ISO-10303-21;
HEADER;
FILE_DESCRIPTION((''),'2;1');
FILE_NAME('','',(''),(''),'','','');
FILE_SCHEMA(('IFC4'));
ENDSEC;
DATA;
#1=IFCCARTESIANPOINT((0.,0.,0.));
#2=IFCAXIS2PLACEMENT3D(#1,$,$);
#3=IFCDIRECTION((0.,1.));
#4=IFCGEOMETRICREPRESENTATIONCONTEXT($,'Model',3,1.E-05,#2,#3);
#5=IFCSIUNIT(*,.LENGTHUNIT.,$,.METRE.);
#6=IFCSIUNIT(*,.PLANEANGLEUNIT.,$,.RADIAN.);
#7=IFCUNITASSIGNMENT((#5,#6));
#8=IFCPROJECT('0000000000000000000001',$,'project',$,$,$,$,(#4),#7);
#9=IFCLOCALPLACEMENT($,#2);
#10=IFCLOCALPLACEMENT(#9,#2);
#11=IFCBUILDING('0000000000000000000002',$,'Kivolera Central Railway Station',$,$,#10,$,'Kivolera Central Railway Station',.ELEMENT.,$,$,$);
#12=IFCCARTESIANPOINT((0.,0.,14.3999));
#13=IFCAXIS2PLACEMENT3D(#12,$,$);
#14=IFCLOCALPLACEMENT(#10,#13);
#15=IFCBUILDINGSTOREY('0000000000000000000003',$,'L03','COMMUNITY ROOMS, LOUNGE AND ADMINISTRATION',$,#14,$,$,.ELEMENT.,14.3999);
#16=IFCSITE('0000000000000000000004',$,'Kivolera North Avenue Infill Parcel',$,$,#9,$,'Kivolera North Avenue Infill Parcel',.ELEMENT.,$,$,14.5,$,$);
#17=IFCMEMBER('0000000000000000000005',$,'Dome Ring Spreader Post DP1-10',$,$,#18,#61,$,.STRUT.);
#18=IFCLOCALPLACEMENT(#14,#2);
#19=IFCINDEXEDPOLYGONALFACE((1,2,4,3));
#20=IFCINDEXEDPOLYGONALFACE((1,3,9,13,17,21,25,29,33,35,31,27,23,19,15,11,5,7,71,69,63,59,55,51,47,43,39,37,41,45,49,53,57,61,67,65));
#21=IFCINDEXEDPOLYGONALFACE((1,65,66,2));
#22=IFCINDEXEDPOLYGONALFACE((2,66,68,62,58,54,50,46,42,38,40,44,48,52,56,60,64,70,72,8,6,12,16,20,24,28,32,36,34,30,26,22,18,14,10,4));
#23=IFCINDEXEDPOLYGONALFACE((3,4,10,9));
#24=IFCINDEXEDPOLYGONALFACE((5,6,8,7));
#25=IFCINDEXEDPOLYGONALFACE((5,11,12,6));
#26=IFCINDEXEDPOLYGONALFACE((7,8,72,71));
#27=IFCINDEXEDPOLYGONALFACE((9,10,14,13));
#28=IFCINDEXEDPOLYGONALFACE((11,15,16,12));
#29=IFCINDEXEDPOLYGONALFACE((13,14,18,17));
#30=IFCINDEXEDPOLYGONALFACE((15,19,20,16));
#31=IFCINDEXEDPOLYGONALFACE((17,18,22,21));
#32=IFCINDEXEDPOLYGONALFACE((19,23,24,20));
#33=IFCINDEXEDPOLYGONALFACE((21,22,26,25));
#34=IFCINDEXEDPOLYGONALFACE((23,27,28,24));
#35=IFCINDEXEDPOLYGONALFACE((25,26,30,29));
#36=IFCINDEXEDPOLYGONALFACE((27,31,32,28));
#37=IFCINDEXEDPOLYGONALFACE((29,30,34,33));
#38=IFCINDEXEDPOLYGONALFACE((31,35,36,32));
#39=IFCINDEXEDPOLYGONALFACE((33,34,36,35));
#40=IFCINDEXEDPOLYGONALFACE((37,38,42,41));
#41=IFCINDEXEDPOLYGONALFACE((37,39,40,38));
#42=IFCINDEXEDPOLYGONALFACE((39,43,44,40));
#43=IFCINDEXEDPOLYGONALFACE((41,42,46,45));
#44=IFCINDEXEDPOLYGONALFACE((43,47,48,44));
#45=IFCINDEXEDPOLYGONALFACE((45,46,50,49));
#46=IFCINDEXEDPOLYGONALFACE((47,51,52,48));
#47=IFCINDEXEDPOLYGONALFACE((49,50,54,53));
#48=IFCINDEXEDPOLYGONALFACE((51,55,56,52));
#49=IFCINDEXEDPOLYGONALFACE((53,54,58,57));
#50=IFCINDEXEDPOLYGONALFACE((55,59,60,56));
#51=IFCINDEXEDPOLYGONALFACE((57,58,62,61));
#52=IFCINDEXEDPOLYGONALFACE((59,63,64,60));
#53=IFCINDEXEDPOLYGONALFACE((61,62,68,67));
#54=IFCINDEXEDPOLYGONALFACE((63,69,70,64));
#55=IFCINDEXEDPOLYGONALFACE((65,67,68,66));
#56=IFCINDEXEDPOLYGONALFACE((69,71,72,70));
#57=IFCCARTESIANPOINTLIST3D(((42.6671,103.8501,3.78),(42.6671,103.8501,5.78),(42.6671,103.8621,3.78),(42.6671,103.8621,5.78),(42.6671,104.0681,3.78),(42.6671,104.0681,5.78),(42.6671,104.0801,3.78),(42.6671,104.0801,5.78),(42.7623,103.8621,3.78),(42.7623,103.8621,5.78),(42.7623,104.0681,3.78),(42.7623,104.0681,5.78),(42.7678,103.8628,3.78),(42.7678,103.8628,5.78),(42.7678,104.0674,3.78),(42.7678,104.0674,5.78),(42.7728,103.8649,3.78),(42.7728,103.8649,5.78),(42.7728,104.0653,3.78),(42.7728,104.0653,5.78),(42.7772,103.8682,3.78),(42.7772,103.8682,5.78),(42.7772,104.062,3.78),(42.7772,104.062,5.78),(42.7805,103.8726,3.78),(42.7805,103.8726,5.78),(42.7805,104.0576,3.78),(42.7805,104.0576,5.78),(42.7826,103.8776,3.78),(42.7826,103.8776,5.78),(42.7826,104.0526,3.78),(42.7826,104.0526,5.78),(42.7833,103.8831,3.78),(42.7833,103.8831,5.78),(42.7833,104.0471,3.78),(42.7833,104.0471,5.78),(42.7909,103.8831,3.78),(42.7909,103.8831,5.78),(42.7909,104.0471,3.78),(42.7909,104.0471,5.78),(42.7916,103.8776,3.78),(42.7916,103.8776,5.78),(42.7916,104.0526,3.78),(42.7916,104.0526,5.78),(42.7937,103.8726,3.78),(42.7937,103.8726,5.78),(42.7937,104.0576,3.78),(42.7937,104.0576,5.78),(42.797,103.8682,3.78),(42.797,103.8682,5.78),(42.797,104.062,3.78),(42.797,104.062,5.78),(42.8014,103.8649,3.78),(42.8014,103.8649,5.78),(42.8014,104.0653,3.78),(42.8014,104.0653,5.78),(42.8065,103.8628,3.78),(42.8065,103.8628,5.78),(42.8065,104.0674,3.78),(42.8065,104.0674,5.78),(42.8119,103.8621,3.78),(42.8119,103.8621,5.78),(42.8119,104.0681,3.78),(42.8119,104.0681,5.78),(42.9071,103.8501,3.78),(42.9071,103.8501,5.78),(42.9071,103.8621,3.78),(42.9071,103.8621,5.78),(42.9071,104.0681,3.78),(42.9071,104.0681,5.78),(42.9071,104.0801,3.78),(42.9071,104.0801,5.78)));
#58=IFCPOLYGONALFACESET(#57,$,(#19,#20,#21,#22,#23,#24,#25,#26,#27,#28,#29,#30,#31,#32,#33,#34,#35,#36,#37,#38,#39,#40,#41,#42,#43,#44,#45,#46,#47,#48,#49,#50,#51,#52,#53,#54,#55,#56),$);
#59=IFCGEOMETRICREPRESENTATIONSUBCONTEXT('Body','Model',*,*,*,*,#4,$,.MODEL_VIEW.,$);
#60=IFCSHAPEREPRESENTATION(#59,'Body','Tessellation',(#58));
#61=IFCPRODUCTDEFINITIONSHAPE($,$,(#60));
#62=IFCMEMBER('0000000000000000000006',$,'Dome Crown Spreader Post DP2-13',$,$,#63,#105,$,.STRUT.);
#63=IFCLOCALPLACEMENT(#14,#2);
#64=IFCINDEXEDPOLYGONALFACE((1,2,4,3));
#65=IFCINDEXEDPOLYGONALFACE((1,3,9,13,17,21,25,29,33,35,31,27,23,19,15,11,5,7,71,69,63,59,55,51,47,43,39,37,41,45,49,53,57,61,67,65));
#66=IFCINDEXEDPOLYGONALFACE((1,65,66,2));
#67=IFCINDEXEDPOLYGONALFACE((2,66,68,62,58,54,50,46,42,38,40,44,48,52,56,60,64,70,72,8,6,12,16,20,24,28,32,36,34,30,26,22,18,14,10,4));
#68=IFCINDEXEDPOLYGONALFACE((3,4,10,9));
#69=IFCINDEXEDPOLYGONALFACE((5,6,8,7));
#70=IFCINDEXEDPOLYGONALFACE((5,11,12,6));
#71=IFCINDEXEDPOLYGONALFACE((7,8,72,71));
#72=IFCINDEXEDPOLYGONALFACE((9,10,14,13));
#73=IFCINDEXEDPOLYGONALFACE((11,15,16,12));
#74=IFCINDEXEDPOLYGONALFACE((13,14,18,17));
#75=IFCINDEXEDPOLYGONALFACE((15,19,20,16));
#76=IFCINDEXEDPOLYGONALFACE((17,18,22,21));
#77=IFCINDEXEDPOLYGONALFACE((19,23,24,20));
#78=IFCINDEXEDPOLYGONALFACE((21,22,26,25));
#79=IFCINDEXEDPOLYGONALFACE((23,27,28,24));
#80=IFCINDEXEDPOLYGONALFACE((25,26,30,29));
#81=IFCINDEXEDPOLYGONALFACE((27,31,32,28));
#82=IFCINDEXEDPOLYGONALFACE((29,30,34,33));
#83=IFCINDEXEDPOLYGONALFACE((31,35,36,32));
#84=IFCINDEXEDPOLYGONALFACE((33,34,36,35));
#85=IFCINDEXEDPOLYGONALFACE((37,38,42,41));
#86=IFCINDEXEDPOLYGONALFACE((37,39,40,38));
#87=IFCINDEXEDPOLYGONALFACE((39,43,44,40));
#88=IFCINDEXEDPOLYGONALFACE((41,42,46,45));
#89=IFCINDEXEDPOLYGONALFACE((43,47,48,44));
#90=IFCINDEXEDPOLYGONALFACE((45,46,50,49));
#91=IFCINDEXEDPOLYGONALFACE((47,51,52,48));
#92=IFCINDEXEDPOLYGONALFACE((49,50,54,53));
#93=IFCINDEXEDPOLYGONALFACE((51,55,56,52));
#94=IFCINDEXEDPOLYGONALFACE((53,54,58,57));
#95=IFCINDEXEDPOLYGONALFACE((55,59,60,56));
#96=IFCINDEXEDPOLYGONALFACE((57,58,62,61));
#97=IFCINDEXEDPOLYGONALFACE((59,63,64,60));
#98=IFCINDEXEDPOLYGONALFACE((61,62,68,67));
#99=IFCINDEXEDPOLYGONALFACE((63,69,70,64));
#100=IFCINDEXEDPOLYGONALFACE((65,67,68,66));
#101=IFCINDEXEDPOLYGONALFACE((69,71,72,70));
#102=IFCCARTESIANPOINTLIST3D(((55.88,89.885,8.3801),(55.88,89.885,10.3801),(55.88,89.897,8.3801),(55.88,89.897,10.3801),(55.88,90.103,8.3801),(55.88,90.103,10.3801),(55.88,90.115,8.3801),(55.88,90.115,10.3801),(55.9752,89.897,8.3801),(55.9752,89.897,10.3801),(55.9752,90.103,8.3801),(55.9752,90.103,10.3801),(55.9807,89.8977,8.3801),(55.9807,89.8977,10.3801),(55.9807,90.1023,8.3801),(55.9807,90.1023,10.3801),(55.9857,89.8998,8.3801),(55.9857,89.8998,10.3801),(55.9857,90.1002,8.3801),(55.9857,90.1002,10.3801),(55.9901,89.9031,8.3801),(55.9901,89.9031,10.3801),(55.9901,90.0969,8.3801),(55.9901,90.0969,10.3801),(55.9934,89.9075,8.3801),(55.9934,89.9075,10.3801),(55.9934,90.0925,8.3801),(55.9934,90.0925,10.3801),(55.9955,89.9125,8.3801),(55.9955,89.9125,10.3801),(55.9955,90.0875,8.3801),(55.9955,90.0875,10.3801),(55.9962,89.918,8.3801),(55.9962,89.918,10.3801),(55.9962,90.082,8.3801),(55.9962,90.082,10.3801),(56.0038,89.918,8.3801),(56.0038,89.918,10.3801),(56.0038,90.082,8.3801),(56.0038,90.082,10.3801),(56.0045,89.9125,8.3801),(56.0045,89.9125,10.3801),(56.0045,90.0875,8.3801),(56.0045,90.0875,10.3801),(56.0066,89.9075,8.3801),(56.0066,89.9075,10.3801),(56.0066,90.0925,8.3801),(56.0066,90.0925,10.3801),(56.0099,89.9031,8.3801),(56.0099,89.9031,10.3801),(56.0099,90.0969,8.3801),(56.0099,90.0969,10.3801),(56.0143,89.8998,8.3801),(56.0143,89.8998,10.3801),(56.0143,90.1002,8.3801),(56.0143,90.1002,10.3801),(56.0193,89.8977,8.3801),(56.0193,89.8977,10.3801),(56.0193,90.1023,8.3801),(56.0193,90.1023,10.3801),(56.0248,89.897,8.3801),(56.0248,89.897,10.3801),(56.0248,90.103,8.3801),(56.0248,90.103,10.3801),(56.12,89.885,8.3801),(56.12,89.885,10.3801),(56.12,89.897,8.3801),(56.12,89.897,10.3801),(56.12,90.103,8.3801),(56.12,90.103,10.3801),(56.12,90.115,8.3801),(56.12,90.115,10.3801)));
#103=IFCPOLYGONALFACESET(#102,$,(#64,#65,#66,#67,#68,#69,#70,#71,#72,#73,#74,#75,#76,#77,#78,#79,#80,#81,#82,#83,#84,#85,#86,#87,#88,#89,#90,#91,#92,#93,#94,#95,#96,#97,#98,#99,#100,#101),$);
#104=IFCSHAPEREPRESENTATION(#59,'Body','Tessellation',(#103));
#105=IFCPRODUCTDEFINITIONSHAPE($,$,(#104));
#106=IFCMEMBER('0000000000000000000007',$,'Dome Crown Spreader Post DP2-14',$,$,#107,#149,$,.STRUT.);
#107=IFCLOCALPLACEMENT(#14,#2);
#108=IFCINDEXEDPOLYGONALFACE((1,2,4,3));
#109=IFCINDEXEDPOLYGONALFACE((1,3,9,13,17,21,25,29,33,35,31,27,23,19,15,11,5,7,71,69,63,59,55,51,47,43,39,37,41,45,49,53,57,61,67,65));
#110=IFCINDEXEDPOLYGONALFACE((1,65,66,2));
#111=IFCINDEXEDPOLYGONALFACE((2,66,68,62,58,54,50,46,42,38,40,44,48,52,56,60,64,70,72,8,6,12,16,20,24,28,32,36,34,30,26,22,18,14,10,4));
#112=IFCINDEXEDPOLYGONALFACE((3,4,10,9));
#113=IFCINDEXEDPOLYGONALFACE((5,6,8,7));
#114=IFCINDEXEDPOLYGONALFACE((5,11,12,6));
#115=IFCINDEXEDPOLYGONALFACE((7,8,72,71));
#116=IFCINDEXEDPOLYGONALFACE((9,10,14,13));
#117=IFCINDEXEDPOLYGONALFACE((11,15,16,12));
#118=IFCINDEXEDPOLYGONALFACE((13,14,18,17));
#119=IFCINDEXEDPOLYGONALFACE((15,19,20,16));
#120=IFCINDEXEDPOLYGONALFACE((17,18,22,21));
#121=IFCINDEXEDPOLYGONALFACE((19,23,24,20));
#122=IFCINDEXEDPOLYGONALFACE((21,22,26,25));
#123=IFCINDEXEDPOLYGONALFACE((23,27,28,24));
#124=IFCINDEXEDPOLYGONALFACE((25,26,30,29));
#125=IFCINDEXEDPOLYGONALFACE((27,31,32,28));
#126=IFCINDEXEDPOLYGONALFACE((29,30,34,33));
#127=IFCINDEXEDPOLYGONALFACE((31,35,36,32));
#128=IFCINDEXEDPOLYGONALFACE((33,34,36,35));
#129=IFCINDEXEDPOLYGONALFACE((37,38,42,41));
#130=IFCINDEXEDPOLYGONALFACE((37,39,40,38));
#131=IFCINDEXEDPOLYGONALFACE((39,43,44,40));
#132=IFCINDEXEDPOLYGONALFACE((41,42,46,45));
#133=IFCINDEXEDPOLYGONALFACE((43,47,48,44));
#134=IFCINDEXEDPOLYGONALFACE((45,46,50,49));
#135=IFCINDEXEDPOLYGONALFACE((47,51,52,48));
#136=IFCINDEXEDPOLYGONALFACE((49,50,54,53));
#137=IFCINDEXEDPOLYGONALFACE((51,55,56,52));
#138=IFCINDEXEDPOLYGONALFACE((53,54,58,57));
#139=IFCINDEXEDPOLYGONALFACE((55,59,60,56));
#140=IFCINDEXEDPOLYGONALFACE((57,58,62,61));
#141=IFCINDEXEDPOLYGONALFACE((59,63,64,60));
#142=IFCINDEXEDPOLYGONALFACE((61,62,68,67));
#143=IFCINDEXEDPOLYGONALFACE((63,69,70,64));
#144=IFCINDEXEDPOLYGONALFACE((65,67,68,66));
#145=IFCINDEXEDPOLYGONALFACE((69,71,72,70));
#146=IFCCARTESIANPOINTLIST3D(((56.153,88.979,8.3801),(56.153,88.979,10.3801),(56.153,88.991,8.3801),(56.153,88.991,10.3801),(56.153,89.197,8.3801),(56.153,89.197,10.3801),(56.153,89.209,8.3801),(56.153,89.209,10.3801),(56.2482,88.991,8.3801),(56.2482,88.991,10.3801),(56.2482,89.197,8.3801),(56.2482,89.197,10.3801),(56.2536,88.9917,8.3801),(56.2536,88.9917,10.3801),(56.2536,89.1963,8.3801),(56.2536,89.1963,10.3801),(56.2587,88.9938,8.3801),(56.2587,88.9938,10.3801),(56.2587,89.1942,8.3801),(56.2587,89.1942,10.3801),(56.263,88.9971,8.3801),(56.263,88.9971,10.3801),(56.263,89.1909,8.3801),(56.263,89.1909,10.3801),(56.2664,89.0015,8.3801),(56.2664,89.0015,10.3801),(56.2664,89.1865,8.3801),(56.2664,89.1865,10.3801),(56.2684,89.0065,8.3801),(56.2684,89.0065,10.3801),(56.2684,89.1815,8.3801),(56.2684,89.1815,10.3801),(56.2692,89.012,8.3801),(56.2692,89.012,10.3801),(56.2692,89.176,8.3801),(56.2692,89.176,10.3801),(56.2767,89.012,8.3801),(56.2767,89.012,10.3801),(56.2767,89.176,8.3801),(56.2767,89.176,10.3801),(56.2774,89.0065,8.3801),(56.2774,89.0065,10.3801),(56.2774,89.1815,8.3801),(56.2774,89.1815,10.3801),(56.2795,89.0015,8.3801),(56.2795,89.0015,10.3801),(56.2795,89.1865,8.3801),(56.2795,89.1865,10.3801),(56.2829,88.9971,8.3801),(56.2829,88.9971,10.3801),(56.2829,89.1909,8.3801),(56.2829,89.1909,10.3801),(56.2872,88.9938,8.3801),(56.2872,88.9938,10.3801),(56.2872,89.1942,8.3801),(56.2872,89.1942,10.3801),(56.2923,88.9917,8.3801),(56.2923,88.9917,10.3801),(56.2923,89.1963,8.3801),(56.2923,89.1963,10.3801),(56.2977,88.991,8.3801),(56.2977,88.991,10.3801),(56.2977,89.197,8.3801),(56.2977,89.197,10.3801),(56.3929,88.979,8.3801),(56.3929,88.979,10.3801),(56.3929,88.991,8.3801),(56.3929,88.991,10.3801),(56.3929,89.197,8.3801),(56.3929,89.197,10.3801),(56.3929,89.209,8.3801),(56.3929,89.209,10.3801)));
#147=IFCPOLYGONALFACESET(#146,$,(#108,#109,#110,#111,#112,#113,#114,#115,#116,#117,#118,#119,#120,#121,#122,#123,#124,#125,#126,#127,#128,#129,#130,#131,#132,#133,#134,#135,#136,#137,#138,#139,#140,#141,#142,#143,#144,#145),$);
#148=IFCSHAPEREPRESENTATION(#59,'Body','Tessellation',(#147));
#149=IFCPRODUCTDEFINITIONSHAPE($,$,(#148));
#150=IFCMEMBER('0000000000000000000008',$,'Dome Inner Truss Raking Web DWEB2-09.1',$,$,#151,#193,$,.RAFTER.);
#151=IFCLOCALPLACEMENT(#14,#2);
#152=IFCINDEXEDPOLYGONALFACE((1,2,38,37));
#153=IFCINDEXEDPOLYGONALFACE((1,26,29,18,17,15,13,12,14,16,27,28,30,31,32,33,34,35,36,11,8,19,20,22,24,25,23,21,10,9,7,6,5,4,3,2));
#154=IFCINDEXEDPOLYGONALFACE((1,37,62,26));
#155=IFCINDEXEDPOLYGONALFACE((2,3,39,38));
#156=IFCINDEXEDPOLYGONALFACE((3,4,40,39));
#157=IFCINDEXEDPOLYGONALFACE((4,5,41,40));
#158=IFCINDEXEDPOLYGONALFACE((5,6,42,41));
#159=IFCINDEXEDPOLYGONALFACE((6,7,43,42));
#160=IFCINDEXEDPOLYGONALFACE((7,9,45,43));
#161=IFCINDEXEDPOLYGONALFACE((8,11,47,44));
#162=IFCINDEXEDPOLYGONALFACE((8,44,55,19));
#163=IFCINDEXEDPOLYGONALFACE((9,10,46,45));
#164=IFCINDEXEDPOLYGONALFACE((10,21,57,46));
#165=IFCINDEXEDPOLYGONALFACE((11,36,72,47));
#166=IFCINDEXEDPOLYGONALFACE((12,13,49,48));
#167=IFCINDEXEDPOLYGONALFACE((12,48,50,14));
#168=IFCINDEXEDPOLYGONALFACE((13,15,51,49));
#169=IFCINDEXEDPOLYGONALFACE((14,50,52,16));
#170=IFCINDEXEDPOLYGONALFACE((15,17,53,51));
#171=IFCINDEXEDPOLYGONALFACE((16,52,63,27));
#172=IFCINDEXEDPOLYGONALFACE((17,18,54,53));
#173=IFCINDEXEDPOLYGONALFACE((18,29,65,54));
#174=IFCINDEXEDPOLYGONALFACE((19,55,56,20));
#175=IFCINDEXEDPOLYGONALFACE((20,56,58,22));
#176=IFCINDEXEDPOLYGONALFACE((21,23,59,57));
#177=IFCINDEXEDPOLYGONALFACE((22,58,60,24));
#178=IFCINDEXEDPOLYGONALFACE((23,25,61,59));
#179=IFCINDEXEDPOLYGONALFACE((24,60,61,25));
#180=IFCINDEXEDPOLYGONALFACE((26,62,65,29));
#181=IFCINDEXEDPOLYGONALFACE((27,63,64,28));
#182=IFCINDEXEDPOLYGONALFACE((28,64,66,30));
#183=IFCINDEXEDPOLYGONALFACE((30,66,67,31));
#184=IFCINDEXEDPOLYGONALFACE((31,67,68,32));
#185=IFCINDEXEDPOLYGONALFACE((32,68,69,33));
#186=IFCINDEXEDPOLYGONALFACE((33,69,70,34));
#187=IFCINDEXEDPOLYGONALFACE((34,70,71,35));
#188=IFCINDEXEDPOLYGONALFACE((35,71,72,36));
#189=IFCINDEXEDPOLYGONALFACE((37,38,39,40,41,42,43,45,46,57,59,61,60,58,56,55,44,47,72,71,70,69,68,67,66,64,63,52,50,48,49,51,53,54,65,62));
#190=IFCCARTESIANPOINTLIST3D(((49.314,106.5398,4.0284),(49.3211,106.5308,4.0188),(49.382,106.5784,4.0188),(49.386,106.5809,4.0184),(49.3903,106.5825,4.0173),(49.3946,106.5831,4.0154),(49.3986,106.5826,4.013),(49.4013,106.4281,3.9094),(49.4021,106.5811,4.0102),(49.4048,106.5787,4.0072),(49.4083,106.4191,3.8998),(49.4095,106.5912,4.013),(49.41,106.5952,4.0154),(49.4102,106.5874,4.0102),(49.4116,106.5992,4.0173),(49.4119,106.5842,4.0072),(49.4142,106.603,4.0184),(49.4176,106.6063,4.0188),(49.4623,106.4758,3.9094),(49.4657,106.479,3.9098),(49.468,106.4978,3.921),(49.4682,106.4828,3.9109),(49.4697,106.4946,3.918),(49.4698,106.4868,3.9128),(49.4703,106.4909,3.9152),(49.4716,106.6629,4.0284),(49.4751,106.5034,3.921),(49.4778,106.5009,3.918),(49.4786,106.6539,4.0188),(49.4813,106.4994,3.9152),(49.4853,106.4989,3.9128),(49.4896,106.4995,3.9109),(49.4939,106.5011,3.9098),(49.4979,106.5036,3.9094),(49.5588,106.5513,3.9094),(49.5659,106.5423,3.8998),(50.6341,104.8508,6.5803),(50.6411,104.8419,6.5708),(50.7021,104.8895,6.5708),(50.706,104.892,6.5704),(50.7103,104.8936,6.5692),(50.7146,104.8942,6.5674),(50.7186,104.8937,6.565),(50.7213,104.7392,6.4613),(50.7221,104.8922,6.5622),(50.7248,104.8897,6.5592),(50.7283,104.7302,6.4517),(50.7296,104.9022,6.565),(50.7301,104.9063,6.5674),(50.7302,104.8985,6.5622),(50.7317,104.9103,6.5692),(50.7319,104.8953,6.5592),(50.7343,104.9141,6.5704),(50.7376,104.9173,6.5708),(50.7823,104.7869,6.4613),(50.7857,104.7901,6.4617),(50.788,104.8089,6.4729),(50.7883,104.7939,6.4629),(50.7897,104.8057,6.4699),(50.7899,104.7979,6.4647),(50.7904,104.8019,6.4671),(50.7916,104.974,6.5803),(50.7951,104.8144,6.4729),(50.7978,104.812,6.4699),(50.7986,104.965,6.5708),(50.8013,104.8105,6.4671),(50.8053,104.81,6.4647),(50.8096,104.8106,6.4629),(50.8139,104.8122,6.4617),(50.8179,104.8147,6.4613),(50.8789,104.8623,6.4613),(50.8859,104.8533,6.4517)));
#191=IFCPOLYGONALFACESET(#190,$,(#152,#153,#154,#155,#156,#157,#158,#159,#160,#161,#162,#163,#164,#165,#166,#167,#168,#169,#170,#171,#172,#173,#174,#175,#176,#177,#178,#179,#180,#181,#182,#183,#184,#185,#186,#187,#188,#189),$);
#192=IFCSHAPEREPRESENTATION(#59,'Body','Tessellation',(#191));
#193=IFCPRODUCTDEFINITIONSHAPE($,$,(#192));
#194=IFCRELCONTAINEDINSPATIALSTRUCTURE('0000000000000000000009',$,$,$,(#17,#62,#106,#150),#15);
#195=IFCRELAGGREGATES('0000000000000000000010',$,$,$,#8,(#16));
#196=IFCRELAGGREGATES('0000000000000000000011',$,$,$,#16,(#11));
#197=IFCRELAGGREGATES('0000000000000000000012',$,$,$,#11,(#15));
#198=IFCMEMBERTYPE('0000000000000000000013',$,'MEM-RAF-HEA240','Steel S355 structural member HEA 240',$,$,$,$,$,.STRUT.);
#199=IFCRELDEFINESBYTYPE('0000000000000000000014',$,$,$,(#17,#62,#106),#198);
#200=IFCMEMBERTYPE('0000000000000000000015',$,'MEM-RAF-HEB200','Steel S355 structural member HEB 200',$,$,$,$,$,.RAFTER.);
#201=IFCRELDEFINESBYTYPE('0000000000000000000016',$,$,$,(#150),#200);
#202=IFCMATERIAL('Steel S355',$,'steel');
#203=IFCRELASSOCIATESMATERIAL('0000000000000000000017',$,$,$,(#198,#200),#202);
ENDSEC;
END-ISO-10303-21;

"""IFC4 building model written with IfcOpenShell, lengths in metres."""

from ifc_helpers import new_model, si_unit, direction, frame, origin, origin_2d, place, context, subcontext, project, spatial, i_section, extrude, material, material_profile, profile_set, type_object, element, save


model = new_model("IFC4")

# Units and contexts
model_context = context("Model", 3, precision=1e-05, world=origin(), true_north=direction((0.0, 1.0)))
body_context = subcontext(model_context, "Body", "Model", "MODEL_VIEW")
ifc_project = project(units=[si_unit("LENGTHUNIT", "METRE"), si_unit("PLANEANGLEUNIT", "RADIAN")], contexts=[model_context])

# Site, building, storey
site_placement = place(None, origin())
site = spatial("IfcSite", under=ifc_project, at=site_placement, Name="Kivolera North Avenue Infill Parcel", LongName="Kivolera North Avenue Infill Parcel", CompositionType="ELEMENT", RefElevation=14.5)
building_placement = place(site_placement, origin())
building = spatial("IfcBuilding", under=site, at=building_placement, Name="Kivolera Central Railway Station", LongName="Kivolera Central Railway Station", CompositionType="ELEMENT")
storey_placement = place(building_placement, frame((0.0, 0.0, 14.3999)))
storey = spatial("IfcBuildingStorey", under=building, at=storey_placement, Name="L03", Description="COMMUNITY ROOMS, LOUNGE AND ADMINISTRATION", CompositionType="ELEMENT", Elevation=14.3999)

# Shared definitions
ifc_material_1 = material(Name="Steel S355", Category="steel")

# Members
ifc_material_profile_1 = material_profile(ifc_material_1, i_section(OverallWidth=0.24, OverallDepth=0.23, WebThickness=0.0076, FlangeThickness=0.012, FilletRadius=0.021, at=origin_2d()), Name="HEA 240")
ifc_profile_set_1 = profile_set([ifc_material_profile_1], Name="Steel S355")
member_type_1 = type_object("IfcMemberType", Name="MEM-RAF-HEA240", Description="Steel S355 structural member HEA 240", PredefinedType="STRUT", material=ifc_profile_set_1)
for number, where, z_axis, x_axis, name in (
    (1, (42.7871, 103.9651, 3.78), (0.0, 0.0, 1.0), (1.0, 0.0, 0.0), "Dome Ring Spreader Post DP1-10"),
    (2, (56.0, 90.0, 8.3801), (0.0, 0.0, 1.0), (1.0, 0.0, 0.0), "Dome Crown Spreader Post DP2-13"),
    (3, (56.2729, 89.094, 8.3801), (0.0, 0.0, 1.0), (1.0, 0.0, 0.0), "Dome Crown Spreader Post DP2-14"),
):
    element("IfcMember", number, at=place(storey_placement, frame(where, z_axis=z_axis, x_axis=x_axis)), inside=storey, type_object=member_type_1, Name=name, PredefinedType="STRUT", context=body_context, shape_type="SweptSolid", body=[
        extrude(i_section(OverallWidth=0.24, OverallDepth=0.23, WebThickness=0.0076, FlangeThickness=0.012, FilletRadius=0.021, at=origin_2d()), origin(), (0.0, 0.0, 1.0), 2.0),
    ])
ifc_material_profile_2 = material_profile(ifc_material_1, i_section(OverallWidth=0.2, OverallDepth=0.2, WebThickness=0.009, FlangeThickness=0.0149, FilletRadius=0.0181, at=origin_2d()), Name="HEB 200")
ifc_profile_set_2 = profile_set([ifc_material_profile_2], Name="Steel S355")
member_type_2 = type_object("IfcMemberType", Name="MEM-RAF-HEB200", Description="Steel S355 structural member HEB 200", PredefinedType="RAFTER", material=ifc_profile_set_2)
for number, where, z_axis, x_axis, name in (
    (4, (49.4399, 106.541, 3.9641), (0.396078, -0.506763, 0.765711), (0.787897, 0.615808, 0.0), "Dome Inner Truss Raking Web DWEB2-09.1"),
):
    element("IfcMember", number, at=place(storey_placement, frame(where, z_axis=z_axis, x_axis=x_axis)), inside=storey, type_object=member_type_2, Name=name, PredefinedType="RAFTER", context=body_context, shape_type="SweptSolid", body=[
        extrude(i_section(OverallWidth=0.2, OverallDepth=0.2, WebThickness=0.009, FlangeThickness=0.0149, FilletRadius=0.0181, at=origin_2d()), origin(), (0.0, 0.0, 1.0), 3.3328),
    ])

save(model, "model.ifc")
